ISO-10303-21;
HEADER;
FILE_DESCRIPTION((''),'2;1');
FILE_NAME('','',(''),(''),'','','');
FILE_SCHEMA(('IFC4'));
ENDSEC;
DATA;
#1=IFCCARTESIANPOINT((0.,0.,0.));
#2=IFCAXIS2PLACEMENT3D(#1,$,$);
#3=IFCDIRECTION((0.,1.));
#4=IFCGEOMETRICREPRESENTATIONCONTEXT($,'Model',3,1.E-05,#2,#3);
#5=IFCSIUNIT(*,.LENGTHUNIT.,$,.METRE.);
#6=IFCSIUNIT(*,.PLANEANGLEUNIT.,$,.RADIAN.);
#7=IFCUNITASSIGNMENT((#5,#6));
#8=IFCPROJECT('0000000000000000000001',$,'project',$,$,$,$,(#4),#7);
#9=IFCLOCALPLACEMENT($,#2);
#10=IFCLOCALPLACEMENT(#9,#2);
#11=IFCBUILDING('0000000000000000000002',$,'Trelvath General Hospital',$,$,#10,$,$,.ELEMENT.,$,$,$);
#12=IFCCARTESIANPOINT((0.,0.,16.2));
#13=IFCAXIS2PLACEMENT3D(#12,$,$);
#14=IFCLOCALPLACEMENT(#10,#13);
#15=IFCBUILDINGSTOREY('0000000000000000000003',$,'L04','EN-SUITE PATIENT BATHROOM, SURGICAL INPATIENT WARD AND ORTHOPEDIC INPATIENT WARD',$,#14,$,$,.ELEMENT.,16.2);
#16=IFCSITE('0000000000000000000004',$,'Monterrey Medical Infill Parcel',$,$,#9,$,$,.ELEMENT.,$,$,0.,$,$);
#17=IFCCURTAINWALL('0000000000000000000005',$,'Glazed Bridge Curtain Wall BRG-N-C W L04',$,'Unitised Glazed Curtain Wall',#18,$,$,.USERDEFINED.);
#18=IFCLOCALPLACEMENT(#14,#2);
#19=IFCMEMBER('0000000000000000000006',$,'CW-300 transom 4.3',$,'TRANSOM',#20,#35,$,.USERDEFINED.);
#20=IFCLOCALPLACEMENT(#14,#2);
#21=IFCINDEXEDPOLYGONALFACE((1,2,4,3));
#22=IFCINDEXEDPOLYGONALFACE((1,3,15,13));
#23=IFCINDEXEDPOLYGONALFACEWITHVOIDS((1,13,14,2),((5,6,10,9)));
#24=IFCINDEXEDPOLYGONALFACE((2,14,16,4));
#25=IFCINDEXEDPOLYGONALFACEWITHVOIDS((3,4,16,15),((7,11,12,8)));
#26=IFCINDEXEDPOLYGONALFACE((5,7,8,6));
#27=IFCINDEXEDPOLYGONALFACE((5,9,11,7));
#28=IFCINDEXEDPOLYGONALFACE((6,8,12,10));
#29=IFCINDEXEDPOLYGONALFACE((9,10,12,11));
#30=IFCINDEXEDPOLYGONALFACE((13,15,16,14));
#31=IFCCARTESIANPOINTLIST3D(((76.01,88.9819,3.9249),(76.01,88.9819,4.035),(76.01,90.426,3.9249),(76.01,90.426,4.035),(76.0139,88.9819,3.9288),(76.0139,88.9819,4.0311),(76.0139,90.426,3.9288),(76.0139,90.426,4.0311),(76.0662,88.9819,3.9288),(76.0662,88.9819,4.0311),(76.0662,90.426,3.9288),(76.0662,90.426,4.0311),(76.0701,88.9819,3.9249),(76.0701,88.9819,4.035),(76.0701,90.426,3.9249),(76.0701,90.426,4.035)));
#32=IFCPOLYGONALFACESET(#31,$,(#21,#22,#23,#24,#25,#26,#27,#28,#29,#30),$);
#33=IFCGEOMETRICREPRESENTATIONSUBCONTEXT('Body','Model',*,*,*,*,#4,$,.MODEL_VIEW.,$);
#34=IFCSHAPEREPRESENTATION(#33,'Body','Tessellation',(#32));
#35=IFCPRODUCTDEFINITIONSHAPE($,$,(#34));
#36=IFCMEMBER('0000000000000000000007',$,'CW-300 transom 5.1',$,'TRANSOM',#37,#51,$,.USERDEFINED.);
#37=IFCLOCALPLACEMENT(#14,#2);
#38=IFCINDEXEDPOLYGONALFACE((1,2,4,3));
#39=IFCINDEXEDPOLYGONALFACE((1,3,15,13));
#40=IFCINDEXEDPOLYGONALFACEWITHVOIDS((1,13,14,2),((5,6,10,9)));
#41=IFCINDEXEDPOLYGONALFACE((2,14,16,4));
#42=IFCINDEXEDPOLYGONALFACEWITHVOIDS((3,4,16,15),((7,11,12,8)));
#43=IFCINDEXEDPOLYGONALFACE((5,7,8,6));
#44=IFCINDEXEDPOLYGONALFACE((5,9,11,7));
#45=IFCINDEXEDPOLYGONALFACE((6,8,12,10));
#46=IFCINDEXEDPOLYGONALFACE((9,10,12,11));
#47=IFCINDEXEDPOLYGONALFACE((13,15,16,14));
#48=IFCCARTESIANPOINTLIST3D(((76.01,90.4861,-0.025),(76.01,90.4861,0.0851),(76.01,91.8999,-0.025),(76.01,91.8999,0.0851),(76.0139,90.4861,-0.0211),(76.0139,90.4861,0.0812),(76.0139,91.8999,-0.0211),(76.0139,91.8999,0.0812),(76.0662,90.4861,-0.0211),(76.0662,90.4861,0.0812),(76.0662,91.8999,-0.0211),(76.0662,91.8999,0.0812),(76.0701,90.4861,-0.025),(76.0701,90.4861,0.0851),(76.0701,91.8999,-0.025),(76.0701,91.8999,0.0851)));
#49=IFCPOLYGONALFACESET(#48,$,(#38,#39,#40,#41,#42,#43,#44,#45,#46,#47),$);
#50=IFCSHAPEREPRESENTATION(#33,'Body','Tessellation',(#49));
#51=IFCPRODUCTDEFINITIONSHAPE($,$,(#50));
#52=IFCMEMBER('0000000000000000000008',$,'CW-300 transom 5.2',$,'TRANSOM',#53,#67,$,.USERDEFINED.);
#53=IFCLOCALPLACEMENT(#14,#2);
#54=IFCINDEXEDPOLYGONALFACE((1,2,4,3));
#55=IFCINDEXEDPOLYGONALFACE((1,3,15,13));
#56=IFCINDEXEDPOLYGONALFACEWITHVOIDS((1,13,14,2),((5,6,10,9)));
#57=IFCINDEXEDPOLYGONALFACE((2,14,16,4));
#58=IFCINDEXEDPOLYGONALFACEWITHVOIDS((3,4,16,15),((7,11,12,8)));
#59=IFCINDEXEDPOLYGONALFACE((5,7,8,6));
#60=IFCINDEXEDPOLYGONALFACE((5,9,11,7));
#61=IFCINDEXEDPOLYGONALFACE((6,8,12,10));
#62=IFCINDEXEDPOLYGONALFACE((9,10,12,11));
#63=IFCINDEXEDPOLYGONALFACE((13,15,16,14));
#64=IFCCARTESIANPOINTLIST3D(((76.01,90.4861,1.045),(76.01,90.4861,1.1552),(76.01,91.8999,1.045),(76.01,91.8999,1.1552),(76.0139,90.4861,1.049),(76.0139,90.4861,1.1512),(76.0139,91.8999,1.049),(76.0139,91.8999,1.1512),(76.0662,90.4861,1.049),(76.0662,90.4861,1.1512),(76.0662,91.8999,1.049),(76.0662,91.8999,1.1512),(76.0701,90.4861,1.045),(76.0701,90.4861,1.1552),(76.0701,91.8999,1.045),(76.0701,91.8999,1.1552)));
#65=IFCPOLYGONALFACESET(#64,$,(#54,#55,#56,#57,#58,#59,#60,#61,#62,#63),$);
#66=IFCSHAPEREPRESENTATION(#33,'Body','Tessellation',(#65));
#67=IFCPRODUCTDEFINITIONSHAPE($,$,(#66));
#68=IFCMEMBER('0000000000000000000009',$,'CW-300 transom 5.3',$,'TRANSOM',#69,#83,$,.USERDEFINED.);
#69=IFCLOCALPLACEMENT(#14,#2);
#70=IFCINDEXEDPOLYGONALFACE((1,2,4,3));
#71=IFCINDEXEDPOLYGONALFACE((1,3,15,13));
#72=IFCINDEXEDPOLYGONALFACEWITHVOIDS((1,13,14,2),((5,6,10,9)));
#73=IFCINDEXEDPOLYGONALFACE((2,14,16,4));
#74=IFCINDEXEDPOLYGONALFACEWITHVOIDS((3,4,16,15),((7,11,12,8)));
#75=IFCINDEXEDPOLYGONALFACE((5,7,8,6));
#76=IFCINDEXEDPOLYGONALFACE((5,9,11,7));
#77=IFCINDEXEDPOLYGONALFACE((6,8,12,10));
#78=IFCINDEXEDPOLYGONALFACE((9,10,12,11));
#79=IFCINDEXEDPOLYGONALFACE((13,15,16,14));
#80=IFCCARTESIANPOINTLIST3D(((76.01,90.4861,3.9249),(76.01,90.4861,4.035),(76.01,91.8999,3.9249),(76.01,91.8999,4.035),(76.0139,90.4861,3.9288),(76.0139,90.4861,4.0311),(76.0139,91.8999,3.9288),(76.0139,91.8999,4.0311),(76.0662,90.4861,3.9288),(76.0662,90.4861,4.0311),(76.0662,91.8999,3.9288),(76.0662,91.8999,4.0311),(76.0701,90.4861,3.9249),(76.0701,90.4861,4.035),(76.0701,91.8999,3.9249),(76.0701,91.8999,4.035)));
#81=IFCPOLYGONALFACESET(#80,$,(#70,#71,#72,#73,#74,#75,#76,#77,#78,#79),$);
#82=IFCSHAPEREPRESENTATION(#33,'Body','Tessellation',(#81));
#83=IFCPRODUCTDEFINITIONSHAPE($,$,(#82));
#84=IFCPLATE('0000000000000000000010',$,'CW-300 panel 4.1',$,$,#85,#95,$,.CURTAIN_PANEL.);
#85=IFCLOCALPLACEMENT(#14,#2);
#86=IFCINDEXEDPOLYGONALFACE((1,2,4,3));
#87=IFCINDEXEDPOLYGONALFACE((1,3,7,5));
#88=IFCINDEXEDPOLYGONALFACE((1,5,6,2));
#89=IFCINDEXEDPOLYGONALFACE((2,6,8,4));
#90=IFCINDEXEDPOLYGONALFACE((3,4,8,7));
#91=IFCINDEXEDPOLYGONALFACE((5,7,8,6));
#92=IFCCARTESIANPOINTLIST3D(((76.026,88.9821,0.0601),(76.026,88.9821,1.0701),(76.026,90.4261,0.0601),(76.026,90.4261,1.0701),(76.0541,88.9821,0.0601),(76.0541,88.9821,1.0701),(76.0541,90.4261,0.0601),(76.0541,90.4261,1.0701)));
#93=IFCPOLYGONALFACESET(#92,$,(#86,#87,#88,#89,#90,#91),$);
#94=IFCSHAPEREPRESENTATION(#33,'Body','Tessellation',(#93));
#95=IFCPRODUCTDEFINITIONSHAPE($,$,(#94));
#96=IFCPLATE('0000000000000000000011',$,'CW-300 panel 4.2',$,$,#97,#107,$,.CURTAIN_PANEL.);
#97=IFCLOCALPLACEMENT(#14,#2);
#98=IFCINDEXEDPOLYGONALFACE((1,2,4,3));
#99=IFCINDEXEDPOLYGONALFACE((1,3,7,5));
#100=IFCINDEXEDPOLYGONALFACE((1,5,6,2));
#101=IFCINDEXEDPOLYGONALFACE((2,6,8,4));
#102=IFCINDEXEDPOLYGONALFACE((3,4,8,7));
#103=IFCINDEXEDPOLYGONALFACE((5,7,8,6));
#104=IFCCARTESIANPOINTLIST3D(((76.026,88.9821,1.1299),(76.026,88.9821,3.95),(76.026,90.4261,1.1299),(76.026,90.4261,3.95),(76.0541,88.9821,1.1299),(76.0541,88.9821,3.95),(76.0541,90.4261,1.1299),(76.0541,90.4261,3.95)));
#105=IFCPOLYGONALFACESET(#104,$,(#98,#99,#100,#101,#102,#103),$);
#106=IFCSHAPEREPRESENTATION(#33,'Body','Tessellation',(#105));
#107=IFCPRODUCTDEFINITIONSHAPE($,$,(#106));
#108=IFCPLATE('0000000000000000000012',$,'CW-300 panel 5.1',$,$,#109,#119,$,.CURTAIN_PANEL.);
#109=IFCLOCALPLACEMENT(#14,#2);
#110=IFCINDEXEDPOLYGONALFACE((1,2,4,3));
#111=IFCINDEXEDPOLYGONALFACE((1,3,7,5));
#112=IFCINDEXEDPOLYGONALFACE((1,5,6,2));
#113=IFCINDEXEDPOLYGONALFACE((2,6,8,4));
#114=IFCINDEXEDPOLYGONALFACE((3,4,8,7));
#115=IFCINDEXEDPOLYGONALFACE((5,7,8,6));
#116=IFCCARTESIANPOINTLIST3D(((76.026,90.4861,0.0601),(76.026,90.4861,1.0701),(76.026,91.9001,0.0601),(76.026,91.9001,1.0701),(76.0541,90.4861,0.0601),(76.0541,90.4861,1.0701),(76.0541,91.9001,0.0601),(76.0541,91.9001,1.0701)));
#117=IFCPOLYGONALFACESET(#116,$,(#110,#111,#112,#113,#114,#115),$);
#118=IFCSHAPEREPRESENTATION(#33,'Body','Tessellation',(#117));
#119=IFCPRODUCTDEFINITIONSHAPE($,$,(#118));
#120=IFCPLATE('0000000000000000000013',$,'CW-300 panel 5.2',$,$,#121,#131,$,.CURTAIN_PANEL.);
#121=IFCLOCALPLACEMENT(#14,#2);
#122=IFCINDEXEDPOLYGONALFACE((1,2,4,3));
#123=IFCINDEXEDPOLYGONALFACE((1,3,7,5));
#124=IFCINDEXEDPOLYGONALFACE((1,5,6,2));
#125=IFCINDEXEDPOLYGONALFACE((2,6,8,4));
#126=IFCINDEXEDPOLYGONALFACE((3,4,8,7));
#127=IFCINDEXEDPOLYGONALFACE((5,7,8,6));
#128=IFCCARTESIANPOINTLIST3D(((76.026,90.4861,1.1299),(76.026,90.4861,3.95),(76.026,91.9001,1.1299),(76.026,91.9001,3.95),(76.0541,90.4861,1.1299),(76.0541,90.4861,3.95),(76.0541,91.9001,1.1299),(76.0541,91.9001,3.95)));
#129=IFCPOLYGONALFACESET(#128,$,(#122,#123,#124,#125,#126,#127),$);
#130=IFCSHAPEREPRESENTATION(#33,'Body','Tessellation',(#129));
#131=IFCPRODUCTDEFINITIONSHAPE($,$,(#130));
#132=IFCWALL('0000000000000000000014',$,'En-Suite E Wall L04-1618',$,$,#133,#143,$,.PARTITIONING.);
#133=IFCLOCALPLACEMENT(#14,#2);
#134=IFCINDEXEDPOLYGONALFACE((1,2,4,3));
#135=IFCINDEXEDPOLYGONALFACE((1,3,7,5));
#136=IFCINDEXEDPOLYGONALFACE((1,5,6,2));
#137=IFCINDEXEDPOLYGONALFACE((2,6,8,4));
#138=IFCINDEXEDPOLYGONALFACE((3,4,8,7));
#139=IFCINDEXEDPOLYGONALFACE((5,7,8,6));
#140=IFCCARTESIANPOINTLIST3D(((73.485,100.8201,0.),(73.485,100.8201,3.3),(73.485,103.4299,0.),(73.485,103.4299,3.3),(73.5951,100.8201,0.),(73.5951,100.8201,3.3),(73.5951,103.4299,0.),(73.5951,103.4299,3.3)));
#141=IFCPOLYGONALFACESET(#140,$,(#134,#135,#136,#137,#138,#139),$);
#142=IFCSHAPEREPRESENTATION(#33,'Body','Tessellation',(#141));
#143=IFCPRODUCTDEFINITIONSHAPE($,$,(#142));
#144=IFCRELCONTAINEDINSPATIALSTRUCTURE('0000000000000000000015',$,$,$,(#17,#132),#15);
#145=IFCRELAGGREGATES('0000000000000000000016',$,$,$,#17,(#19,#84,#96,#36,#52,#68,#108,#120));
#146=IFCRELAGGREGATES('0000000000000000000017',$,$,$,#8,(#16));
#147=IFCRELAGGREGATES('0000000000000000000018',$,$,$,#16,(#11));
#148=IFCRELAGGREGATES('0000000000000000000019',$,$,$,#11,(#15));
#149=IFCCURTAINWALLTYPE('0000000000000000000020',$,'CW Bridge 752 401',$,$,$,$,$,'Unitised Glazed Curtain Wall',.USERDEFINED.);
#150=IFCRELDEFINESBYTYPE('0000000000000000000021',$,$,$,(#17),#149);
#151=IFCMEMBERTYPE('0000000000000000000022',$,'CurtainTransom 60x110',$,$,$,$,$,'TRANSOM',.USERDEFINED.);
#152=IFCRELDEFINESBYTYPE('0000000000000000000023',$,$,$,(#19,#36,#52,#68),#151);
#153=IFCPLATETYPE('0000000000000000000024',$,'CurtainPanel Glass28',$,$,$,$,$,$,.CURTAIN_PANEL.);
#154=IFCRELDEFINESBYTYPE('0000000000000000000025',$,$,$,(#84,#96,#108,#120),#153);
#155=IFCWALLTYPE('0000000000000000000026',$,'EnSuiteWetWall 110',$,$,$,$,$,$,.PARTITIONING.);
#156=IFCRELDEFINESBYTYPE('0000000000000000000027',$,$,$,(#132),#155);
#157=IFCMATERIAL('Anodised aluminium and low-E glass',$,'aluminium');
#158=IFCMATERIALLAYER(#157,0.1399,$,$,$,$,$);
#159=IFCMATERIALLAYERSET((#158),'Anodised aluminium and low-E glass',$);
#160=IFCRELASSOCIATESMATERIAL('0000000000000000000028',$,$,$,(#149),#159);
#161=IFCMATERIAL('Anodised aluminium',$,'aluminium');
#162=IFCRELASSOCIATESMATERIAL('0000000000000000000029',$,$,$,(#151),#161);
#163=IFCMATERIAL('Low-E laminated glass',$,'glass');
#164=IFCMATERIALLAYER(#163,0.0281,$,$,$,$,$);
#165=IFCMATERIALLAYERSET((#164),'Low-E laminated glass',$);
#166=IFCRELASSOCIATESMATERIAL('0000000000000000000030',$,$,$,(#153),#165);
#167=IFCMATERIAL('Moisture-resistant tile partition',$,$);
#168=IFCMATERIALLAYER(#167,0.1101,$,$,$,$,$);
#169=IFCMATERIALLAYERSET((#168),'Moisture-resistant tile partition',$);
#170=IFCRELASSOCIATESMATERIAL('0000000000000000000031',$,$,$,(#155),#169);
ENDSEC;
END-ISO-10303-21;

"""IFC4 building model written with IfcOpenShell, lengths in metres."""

from ifc_helpers import new_model, si_unit, direction, frame, frame_2d, origin, origin_2d, place, context, subcontext, project, spatial, rectangle, hollow_rectangle, extrude, material, layer, layer_set, material_profile, profile_set, type_object, element, aggregate, save


model = new_model("IFC4")

# Units and contexts
model_context = context("Model", 3, precision=1e-05, world=origin(), true_north=direction((0.0, 1.0)))
body_context = subcontext(model_context, "Body", "Model", "MODEL_VIEW")
ifc_project = project(units=[si_unit("LENGTHUNIT", "METRE"), si_unit("PLANEANGLEUNIT", "RADIAN")], contexts=[model_context])

# Site, building, storey
site_placement = place(None, origin())
site = spatial("IfcSite", under=ifc_project, at=site_placement, Name="Monterrey Medical Infill Parcel", CompositionType="ELEMENT", RefElevation=0.0)
building_placement = place(site_placement, origin())
building = spatial("IfcBuilding", under=site, at=building_placement, Name="Trelvath General Hospital", CompositionType="ELEMENT")
storey_placement = place(building_placement, frame((0.0, 0.0, 16.2)))
storey = spatial("IfcBuildingStorey", under=building, at=storey_placement, Name="L04", Description="EN-SUITE PATIENT BATHROOM, SURGICAL INPATIENT WARD AND ORTHOPEDIC INPATIENT WARD", CompositionType="ELEMENT", Elevation=16.2)

# Curtain wall, members, plates
ifc_material_1 = material(Name="Anodised aluminium and low-E glass", Category="aluminium")
ifc_layer_1 = layer(ifc_material_1, 0.1399)
ifc_layer_set_1 = layer_set([ifc_layer_1], Name="Anodised aluminium and low-E glass")
curtain_wall_type = type_object("IfcCurtainWallType", Name="CW Bridge 752 401", ElementType="Unitised Glazed Curtain Wall", PredefinedType="USERDEFINED", material=ifc_layer_set_1)
curtain_wall_placement = place(storey_placement, origin())
curtain_wall = element("IfcCurtainWall", 1, at=curtain_wall_placement, inside=storey, type_object=curtain_wall_type, Name="Glazed Bridge Curtain Wall BRG-N-C W L04", ObjectType="Unitised Glazed Curtain Wall", PredefinedType="USERDEFINED")
ifc_material_2 = material(Name="Anodised aluminium", Category="aluminium")
ifc_material_profile_1 = material_profile(ifc_material_2, hollow_rectangle(XDim=0.0601, YDim=0.1101, WallThickness=0.0039, at=origin_2d()), Name="RHS60x110x4")
ifc_profile_set_1 = profile_set([ifc_material_profile_1], Name="Anodised aluminium")
member_type_1 = type_object("IfcMemberType", Name="CurtainTransom 60x110", ElementType="TRANSOM", PredefinedType="USERDEFINED", material=ifc_profile_set_1)
member_1_placement = place(storey_placement, frame((76.04, 88.9819, 3.98), z_axis=(0.0, 1.0, 0.0), x_axis=(-1.0, 0.0, 0.0)))
member_1 = element("IfcMember", 2, at=member_1_placement, type_object=member_type_1, Name="CW-300 transom 4.3", ObjectType="TRANSOM", PredefinedType="USERDEFINED", context=body_context, shape_type="SweptSolid", body=[
    extrude(hollow_rectangle(XDim=0.0601, YDim=0.1101, WallThickness=0.0039, at=origin_2d()), origin(), (0.0, 0.0, 1.0), 1.4441),
])
member_2_placement = place(storey_placement, frame((76.04, 90.4861, 0.03), z_axis=(0.0, 1.0, 0.0), x_axis=(-1.0, 0.0, 0.0)))
member_2 = element("IfcMember", 3, at=member_2_placement, type_object=member_type_1, Name="CW-300 transom 5.1", ObjectType="TRANSOM", PredefinedType="USERDEFINED", context=body_context, shape_type="SweptSolid", body=[
    extrude(hollow_rectangle(XDim=0.0601, YDim=0.1101, WallThickness=0.0039, at=origin_2d()), origin(), (0.0, 0.0, 1.0), 1.4138),
])
member_3_placement = place(storey_placement, frame((76.04, 90.4861, 1.1001), z_axis=(0.0, 1.0, 0.0), x_axis=(-1.0, 0.0, 0.0)))
member_3 = element("IfcMember", 4, at=member_3_placement, type_object=member_type_1, Name="CW-300 transom 5.2", ObjectType="TRANSOM", PredefinedType="USERDEFINED", context=body_context, shape_type="SweptSolid", body=[
    extrude(hollow_rectangle(XDim=0.0601, YDim=0.1101, WallThickness=0.0039, at=origin_2d()), origin(), (0.0, 0.0, 1.0), 1.4138),
])
member_4_placement = place(storey_placement, frame((76.04, 90.4861, 3.98), z_axis=(0.0, 1.0, 0.0), x_axis=(-1.0, 0.0, 0.0)))
member_4 = element("IfcMember", 5, at=member_4_placement, type_object=member_type_1, Name="CW-300 transom 5.3", ObjectType="TRANSOM", PredefinedType="USERDEFINED", context=body_context, shape_type="SweptSolid", body=[
    extrude(hollow_rectangle(XDim=0.0601, YDim=0.1101, WallThickness=0.0039, at=origin_2d()), origin(), (0.0, 0.0, 1.0), 1.4138),
])
ifc_material_3 = material(Name="Low-E laminated glass", Category="glass")
ifc_layer_2 = layer(ifc_material_3, 0.0281)
ifc_layer_set_2 = layer_set([ifc_layer_2], Name="Low-E laminated glass")
plate_type = type_object("IfcPlateType", Name="CurtainPanel Glass28", PredefinedType="CURTAIN_PANEL", material=ifc_layer_set_2)
plate_1_placement = place(storey_placement, frame((76.04, 89.7041, 0.0601), z_axis=(0.0, 0.0, 1.0), x_axis=(0.0, 1.0, 0.0)))
plate_1 = element("IfcPlate", 6, at=plate_1_placement, type_object=plate_type, Name="CW-300 panel 4.1", PredefinedType="CURTAIN_PANEL", context=body_context, shape_type="SweptSolid", body=[
    extrude(rectangle(XDim=1.4441, YDim=0.0281, at=origin_2d()), origin(), (0.0, 0.0, 1.0), 1.01),
])
plate_2_placement = place(storey_placement, frame((76.04, 89.7041, 1.1299), z_axis=(0.0, 0.0, 1.0), x_axis=(0.0, 1.0, 0.0)))
plate_2 = element("IfcPlate", 7, at=plate_2_placement, type_object=plate_type, Name="CW-300 panel 4.2", PredefinedType="CURTAIN_PANEL", context=body_context, shape_type="SweptSolid", body=[
    extrude(rectangle(XDim=1.4441, YDim=0.0281, at=origin_2d()), origin(), (0.0, 0.0, 1.0), 2.8201),
])
plate_3_placement = place(storey_placement, frame((76.04, 91.1931, 0.0601), z_axis=(0.0, 0.0, 1.0), x_axis=(0.0, 1.0, 0.0)))
plate_3 = element("IfcPlate", 8, at=plate_3_placement, type_object=plate_type, Name="CW-300 panel 5.1", PredefinedType="CURTAIN_PANEL", context=body_context, shape_type="SweptSolid", body=[
    extrude(rectangle(XDim=1.4141, YDim=0.0281, at=origin_2d()), origin(), (0.0, 0.0, 1.0), 1.01),
])
plate_4_placement = place(storey_placement, frame((76.04, 91.1931, 1.1299), z_axis=(0.0, 0.0, 1.0), x_axis=(0.0, 1.0, 0.0)))
plate_4 = element("IfcPlate", 9, at=plate_4_placement, type_object=plate_type, Name="CW-300 panel 5.2", PredefinedType="CURTAIN_PANEL", context=body_context, shape_type="SweptSolid", body=[
    extrude(rectangle(XDim=1.4141, YDim=0.0281, at=origin_2d()), origin(), (0.0, 0.0, 1.0), 2.8201),
])
aggregate(curtain_wall, [member_1, plate_1, plate_2, member_2, member_3, member_4, plate_3, plate_4])

# Wall
ifc_material_4 = material(Name="Moisture-resistant tile partition")
ifc_layer_3 = layer(ifc_material_4, 0.1101)
ifc_layer_set_3 = layer_set([ifc_layer_3], Name="Moisture-resistant tile partition")
wall_type_1 = type_object("IfcWallType", Name="EnSuiteWetWall 110", PredefinedType="PARTITIONING", material=ifc_layer_set_3)
wall_1_placement = place(storey_placement, frame((73.54, 100.8201, 0.0), z_axis=(0.0, 0.0, 1.0), x_axis=(0.0, 1.0, 0.0)))
element("IfcWall", 10, at=wall_1_placement, inside=storey, type_object=wall_type_1, Name="En-Suite E Wall L04-1618", PredefinedType="PARTITIONING", context=body_context, shape_type="SweptSolid", body=[
    extrude(rectangle(XDim=2.6099, YDim=0.1101, at=frame_2d((1.3049, 0.0))), origin(), (0.0, 0.0, 1.0), 3.3),
])

save(model, "model.ifc")
